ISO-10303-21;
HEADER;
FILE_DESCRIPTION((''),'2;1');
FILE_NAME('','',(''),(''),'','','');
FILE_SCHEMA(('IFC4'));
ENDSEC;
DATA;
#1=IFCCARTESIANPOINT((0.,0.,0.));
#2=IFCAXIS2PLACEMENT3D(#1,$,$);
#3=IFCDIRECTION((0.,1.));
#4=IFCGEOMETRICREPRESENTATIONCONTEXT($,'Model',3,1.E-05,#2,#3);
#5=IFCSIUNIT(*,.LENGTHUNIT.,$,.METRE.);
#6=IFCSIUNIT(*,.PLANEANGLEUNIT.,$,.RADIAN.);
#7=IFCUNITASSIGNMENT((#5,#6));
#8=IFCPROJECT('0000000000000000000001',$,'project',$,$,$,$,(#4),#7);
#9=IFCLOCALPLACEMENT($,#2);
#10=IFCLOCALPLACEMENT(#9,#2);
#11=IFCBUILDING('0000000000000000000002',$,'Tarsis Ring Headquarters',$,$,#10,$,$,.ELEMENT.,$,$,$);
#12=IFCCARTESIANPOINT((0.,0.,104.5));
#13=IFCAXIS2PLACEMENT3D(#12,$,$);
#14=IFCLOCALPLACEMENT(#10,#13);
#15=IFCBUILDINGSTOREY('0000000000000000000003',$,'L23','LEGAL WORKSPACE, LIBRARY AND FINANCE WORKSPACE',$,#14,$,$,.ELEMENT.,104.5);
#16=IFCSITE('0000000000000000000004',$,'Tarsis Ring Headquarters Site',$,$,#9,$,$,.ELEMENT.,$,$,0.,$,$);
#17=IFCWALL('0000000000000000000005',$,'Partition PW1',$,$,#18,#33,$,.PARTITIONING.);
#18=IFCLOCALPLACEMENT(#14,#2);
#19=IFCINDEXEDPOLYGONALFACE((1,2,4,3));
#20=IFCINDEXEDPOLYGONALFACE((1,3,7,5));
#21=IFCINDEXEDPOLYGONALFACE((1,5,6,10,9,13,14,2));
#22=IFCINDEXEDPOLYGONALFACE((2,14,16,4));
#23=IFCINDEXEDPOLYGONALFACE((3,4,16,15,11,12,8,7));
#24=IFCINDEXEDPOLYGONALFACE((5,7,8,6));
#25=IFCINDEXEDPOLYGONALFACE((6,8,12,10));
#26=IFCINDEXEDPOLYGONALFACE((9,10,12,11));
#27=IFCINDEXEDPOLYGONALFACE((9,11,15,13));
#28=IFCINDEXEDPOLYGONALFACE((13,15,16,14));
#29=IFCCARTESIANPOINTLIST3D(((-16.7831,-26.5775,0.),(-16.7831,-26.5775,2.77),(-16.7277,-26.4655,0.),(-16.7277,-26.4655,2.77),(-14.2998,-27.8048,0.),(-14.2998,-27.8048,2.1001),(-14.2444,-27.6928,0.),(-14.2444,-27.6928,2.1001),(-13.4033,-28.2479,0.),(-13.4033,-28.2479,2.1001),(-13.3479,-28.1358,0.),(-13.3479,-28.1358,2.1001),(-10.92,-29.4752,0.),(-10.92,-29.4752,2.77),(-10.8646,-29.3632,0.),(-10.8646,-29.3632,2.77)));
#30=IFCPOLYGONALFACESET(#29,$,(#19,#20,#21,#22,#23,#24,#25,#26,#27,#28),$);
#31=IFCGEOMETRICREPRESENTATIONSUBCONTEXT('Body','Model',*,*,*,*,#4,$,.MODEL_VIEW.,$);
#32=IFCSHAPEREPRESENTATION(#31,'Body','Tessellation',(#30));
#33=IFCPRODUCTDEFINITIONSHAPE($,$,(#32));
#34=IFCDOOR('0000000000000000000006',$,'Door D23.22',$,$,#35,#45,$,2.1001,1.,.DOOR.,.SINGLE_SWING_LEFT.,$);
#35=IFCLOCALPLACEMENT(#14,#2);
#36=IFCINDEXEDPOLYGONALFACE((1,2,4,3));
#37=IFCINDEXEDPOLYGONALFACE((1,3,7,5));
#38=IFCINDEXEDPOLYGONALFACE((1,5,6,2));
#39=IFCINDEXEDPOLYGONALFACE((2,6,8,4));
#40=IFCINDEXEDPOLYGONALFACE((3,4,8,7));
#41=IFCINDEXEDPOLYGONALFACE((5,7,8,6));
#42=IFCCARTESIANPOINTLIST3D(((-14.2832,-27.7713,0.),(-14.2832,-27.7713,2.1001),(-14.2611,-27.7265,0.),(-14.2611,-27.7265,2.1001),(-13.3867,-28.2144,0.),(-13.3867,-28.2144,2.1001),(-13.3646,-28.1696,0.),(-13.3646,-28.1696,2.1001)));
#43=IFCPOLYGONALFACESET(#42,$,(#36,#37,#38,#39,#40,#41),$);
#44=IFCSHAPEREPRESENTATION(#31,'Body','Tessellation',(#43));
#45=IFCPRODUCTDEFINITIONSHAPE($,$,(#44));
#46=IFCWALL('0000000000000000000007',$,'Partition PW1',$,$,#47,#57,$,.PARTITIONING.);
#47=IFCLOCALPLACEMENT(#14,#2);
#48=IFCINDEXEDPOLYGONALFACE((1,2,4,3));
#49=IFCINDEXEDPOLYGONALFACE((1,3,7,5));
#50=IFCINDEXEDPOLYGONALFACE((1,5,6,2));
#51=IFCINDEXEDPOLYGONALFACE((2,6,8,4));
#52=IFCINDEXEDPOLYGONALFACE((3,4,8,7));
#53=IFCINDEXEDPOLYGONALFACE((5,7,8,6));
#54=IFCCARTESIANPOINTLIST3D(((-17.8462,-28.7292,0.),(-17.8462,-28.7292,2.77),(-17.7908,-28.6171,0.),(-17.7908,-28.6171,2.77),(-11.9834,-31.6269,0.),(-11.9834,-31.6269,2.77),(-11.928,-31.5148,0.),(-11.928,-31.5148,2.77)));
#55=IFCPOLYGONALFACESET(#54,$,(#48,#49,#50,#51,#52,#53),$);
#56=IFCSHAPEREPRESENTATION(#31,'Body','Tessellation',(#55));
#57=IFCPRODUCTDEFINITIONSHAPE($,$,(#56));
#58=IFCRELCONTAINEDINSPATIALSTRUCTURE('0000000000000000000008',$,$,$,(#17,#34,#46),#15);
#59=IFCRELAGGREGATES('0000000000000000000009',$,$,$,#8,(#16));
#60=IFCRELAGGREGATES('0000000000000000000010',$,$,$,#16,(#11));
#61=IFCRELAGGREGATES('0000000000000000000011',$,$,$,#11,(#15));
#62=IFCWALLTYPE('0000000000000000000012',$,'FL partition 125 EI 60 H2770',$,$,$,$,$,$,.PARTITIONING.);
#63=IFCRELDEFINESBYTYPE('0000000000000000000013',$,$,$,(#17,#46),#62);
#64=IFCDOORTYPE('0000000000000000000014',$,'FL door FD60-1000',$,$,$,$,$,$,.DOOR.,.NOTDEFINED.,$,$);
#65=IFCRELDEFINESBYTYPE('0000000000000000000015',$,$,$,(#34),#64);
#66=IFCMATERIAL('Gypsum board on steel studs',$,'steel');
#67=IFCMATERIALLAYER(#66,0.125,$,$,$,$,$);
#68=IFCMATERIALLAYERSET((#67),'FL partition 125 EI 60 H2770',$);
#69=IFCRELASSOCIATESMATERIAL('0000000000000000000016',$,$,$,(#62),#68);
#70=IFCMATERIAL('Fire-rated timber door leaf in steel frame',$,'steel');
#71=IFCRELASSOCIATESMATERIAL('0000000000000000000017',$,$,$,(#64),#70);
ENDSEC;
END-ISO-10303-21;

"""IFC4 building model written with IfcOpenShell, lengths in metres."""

from ifc_helpers import new_model, si_unit, direction, frame, frame_2d, origin, place, context, subcontext, project, spatial, rectangle, extrude, material, layer, layer_set, type_object, element, fill, save


model = new_model("IFC4")

# Units and contexts
model_context = context("Model", 3, precision=1e-05, world=origin(), true_north=direction((0.0, 1.0)))
body_context = subcontext(model_context, "Body", "Model", "MODEL_VIEW")
ifc_project = project(units=[si_unit("LENGTHUNIT", "METRE"), si_unit("PLANEANGLEUNIT", "RADIAN")], contexts=[model_context])

# Site, building, storey
site_placement = place(None, origin())
site = spatial("IfcSite", under=ifc_project, at=site_placement, Name="Tarsis Ring Headquarters Site", CompositionType="ELEMENT", RefElevation=0.0)
building_placement = place(site_placement, origin())
building = spatial("IfcBuilding", under=site, at=building_placement, Name="Tarsis Ring Headquarters", CompositionType="ELEMENT")
storey_placement = place(building_placement, frame((0.0, 0.0, 104.5)))
storey = spatial("IfcBuildingStorey", under=building, at=storey_placement, Name="L23", Description="LEGAL WORKSPACE, LIBRARY AND FINANCE WORKSPACE", CompositionType="ELEMENT", Elevation=104.5)

# Shared definitions
ifc_material_1 = material(Name="Gypsum board on steel studs", Category="steel")

# Shared definitions
ifc_layer_1 = layer(ifc_material_1, 0.125)
ifc_layer_set_1 = layer_set([ifc_layer_1], Name="FL partition 125 EI 60 H2770")
wall_type_1 = type_object("IfcWallType", Name="FL partition 125 EI 60 H2770", PredefinedType="PARTITIONING", material=ifc_layer_set_1)
ifc_material_2 = material(Name="Fire-rated timber door leaf in steel frame", Category="steel")

# Wall, opening, door
wall_1_placement = place(storey_placement, frame((-16.7554, -26.5215, 0.0), z_axis=(0.0, 0.0, 1.0), x_axis=(0.896486, -0.443073, 0.0)))
wall_1 = element("IfcWall", 1, at=wall_1_placement, inside=storey, type_object=wall_type_1, Name="Partition PW1", PredefinedType="PARTITIONING", context=body_context, shape_type="SweptSolid", body=[
    extrude(rectangle(XDim=6.54, YDim=0.125, at=frame_2d((3.27, 0.0))), origin(), (0.0, 0.0, 1.0), 2.77),
])
opening_1_placement = place(wall_1_placement, frame((2.77, 0.0, 0.0)))
opening_1 = element("IfcOpeningElement", 2, at=opening_1_placement, cuts=wall_1, PredefinedType="OPENING", context=body_context, shape_type="SweptSolid", body=[
    extrude(rectangle(XDim=1.0, YDim=2.1001, at=frame_2d((0.5, 1.05))), frame((0.0, 0.0725, 0.0), z_axis=(0.0, -1.0, 0.0), x_axis=(1.0, 0.0, 0.0)), (0.0, 0.0, 1.0), 0.145),
])
door_type_1 = type_object("IfcDoorType", Name="FL door FD60-1000", OperationType="NOTDEFINED", PredefinedType="DOOR", material=ifc_material_2)
door_1_placement = place(opening_1_placement, origin())
door_1 = element("IfcDoor", 3, at=door_1_placement, inside=storey, type_object=door_type_1, Name="Door D23.22", OperationType="SINGLE_SWING_LEFT", OverallHeight=2.1001, OverallWidth=1.0, PredefinedType="DOOR", context=body_context, shape_type="SweptSolid", body=[
    extrude(rectangle(XDim=1.0, YDim=2.1001, at=frame_2d((0.5, 1.05))), frame((0.0, 0.0249, 0.0), z_axis=(0.0, -1.0, 0.0), x_axis=(1.0, 0.0, 0.0)), (0.0, 0.0, 1.0), 0.05),
])
fill(opening_1, door_1)

# Wall
wall_2_placement = place(storey_placement, frame((-17.8186, -28.6731, 0.0), z_axis=(0.0, 0.0, 1.0), x_axis=(0.896478, -0.443087, 0.0)))
element("IfcWall", 4, at=wall_2_placement, inside=storey, type_object=wall_type_1, Name="Partition PW1", PredefinedType="PARTITIONING", context=body_context, shape_type="SweptSolid", body=[
    extrude(rectangle(XDim=6.5398, YDim=0.125, at=frame_2d((3.27, 0.0))), origin(), (0.0, 0.0, 1.0), 2.77),
])

save(model, "model.ifc")
